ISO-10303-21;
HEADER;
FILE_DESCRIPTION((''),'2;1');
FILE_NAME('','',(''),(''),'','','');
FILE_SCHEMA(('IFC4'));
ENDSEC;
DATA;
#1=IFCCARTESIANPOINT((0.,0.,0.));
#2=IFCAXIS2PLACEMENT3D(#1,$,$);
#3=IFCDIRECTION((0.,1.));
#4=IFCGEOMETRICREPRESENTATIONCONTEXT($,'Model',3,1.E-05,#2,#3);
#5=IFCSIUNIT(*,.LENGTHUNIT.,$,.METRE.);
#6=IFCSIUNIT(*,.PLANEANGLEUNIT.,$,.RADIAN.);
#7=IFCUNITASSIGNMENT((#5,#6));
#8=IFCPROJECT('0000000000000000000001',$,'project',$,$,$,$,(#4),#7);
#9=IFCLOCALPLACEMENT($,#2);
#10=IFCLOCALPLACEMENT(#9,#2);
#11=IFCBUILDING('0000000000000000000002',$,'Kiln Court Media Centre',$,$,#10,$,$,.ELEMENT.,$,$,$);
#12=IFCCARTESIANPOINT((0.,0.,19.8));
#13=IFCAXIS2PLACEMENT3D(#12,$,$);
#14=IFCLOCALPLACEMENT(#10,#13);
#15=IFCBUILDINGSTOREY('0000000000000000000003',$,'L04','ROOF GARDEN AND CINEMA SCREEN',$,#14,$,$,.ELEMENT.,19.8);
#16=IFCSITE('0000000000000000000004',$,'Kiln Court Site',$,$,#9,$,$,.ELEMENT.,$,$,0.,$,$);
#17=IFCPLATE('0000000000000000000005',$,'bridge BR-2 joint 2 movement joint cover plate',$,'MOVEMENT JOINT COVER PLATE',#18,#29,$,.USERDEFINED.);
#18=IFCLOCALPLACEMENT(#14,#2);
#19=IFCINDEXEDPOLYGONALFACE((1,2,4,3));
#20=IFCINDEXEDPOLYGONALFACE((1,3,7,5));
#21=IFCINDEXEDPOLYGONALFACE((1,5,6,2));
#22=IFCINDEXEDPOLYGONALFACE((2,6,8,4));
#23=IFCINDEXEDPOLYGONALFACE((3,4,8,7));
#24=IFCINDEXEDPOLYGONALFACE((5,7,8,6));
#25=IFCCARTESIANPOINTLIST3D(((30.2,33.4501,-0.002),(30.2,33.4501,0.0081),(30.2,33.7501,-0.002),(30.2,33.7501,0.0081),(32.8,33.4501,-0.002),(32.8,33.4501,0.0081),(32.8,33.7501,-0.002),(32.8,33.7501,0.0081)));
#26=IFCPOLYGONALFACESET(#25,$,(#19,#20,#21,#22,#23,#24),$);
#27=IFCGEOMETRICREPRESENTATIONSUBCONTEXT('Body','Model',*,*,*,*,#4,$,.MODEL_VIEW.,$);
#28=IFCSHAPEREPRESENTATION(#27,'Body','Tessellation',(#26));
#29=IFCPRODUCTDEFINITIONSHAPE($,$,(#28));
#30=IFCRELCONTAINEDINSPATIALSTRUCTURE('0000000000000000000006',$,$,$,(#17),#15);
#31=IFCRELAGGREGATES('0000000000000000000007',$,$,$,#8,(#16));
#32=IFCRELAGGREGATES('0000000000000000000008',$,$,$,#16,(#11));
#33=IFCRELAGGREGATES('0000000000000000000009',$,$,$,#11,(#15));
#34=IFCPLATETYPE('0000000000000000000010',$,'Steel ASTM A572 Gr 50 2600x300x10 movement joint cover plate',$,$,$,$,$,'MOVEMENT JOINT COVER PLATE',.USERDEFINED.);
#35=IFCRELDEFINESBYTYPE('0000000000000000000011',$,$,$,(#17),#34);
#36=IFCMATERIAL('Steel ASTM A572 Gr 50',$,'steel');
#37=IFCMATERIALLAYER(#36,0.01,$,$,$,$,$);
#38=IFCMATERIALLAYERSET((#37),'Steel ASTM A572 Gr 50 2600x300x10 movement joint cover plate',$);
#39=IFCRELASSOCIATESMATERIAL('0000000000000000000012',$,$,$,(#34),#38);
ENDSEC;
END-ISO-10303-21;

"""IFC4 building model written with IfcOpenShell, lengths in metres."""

from ifc_helpers import new_model, si_unit, direction, frame, origin, origin_2d, place, context, subcontext, project, spatial, rectangle, extrude, material, layer, layer_set, type_object, element, save


model = new_model("IFC4")

# Units and contexts
model_context = context("Model", 3, precision=1e-05, world=origin(), true_north=direction((0.0, 1.0)))
body_context = subcontext(model_context, "Body", "Model", "MODEL_VIEW")
ifc_project = project(units=[si_unit("LENGTHUNIT", "METRE"), si_unit("PLANEANGLEUNIT", "RADIAN")], contexts=[model_context])

# Site, building, storey
site_placement = place(None, origin())
site = spatial("IfcSite", under=ifc_project, at=site_placement, Name="Kiln Court Site", CompositionType="ELEMENT", RefElevation=0.0)
building_placement = place(site_placement, origin())
building = spatial("IfcBuilding", under=site, at=building_placement, Name="Kiln Court Media Centre", CompositionType="ELEMENT")
storey_placement = place(building_placement, frame((0.0, 0.0, 19.8)))
storey = spatial("IfcBuildingStorey", under=building, at=storey_placement, Name="L04", Description="ROOF GARDEN AND CINEMA SCREEN", CompositionType="ELEMENT", Elevation=19.8)

# Plate
ifc_material_1 = material(Name="Steel ASTM A572 Gr 50", Category="steel")
ifc_layer_1 = layer(ifc_material_1, 0.01)
ifc_layer_set_1 = layer_set([ifc_layer_1], Name="Steel ASTM A572 Gr 50 2600x300x10 movement joint cover plate")
plate_type_1 = type_object("IfcPlateType", Name="Steel ASTM A572 Gr 50 2600x300x10 movement joint cover plate", ElementType="MOVEMENT JOINT COVER PLATE", PredefinedType="USERDEFINED", material=ifc_layer_set_1)
plate_1_placement = place(storey_placement, frame((31.5, 33.6001, -0.002), z_axis=(0.0, 0.0, 1.0), x_axis=(1.0, 0.0, 0.0)))
element("IfcPlate", 1, at=plate_1_placement, inside=storey, type_object=plate_type_1, Name="bridge BR-2 joint 2 movement joint cover plate", ObjectType="MOVEMENT JOINT COVER PLATE", PredefinedType="USERDEFINED", context=body_context, shape_type="SweptSolid", body=[
    extrude(rectangle(XDim=2.6001, YDim=0.3, at=origin_2d()), origin(), (0.0, 0.0, 1.0), 0.01),
])

save(model, "model.ifc")
